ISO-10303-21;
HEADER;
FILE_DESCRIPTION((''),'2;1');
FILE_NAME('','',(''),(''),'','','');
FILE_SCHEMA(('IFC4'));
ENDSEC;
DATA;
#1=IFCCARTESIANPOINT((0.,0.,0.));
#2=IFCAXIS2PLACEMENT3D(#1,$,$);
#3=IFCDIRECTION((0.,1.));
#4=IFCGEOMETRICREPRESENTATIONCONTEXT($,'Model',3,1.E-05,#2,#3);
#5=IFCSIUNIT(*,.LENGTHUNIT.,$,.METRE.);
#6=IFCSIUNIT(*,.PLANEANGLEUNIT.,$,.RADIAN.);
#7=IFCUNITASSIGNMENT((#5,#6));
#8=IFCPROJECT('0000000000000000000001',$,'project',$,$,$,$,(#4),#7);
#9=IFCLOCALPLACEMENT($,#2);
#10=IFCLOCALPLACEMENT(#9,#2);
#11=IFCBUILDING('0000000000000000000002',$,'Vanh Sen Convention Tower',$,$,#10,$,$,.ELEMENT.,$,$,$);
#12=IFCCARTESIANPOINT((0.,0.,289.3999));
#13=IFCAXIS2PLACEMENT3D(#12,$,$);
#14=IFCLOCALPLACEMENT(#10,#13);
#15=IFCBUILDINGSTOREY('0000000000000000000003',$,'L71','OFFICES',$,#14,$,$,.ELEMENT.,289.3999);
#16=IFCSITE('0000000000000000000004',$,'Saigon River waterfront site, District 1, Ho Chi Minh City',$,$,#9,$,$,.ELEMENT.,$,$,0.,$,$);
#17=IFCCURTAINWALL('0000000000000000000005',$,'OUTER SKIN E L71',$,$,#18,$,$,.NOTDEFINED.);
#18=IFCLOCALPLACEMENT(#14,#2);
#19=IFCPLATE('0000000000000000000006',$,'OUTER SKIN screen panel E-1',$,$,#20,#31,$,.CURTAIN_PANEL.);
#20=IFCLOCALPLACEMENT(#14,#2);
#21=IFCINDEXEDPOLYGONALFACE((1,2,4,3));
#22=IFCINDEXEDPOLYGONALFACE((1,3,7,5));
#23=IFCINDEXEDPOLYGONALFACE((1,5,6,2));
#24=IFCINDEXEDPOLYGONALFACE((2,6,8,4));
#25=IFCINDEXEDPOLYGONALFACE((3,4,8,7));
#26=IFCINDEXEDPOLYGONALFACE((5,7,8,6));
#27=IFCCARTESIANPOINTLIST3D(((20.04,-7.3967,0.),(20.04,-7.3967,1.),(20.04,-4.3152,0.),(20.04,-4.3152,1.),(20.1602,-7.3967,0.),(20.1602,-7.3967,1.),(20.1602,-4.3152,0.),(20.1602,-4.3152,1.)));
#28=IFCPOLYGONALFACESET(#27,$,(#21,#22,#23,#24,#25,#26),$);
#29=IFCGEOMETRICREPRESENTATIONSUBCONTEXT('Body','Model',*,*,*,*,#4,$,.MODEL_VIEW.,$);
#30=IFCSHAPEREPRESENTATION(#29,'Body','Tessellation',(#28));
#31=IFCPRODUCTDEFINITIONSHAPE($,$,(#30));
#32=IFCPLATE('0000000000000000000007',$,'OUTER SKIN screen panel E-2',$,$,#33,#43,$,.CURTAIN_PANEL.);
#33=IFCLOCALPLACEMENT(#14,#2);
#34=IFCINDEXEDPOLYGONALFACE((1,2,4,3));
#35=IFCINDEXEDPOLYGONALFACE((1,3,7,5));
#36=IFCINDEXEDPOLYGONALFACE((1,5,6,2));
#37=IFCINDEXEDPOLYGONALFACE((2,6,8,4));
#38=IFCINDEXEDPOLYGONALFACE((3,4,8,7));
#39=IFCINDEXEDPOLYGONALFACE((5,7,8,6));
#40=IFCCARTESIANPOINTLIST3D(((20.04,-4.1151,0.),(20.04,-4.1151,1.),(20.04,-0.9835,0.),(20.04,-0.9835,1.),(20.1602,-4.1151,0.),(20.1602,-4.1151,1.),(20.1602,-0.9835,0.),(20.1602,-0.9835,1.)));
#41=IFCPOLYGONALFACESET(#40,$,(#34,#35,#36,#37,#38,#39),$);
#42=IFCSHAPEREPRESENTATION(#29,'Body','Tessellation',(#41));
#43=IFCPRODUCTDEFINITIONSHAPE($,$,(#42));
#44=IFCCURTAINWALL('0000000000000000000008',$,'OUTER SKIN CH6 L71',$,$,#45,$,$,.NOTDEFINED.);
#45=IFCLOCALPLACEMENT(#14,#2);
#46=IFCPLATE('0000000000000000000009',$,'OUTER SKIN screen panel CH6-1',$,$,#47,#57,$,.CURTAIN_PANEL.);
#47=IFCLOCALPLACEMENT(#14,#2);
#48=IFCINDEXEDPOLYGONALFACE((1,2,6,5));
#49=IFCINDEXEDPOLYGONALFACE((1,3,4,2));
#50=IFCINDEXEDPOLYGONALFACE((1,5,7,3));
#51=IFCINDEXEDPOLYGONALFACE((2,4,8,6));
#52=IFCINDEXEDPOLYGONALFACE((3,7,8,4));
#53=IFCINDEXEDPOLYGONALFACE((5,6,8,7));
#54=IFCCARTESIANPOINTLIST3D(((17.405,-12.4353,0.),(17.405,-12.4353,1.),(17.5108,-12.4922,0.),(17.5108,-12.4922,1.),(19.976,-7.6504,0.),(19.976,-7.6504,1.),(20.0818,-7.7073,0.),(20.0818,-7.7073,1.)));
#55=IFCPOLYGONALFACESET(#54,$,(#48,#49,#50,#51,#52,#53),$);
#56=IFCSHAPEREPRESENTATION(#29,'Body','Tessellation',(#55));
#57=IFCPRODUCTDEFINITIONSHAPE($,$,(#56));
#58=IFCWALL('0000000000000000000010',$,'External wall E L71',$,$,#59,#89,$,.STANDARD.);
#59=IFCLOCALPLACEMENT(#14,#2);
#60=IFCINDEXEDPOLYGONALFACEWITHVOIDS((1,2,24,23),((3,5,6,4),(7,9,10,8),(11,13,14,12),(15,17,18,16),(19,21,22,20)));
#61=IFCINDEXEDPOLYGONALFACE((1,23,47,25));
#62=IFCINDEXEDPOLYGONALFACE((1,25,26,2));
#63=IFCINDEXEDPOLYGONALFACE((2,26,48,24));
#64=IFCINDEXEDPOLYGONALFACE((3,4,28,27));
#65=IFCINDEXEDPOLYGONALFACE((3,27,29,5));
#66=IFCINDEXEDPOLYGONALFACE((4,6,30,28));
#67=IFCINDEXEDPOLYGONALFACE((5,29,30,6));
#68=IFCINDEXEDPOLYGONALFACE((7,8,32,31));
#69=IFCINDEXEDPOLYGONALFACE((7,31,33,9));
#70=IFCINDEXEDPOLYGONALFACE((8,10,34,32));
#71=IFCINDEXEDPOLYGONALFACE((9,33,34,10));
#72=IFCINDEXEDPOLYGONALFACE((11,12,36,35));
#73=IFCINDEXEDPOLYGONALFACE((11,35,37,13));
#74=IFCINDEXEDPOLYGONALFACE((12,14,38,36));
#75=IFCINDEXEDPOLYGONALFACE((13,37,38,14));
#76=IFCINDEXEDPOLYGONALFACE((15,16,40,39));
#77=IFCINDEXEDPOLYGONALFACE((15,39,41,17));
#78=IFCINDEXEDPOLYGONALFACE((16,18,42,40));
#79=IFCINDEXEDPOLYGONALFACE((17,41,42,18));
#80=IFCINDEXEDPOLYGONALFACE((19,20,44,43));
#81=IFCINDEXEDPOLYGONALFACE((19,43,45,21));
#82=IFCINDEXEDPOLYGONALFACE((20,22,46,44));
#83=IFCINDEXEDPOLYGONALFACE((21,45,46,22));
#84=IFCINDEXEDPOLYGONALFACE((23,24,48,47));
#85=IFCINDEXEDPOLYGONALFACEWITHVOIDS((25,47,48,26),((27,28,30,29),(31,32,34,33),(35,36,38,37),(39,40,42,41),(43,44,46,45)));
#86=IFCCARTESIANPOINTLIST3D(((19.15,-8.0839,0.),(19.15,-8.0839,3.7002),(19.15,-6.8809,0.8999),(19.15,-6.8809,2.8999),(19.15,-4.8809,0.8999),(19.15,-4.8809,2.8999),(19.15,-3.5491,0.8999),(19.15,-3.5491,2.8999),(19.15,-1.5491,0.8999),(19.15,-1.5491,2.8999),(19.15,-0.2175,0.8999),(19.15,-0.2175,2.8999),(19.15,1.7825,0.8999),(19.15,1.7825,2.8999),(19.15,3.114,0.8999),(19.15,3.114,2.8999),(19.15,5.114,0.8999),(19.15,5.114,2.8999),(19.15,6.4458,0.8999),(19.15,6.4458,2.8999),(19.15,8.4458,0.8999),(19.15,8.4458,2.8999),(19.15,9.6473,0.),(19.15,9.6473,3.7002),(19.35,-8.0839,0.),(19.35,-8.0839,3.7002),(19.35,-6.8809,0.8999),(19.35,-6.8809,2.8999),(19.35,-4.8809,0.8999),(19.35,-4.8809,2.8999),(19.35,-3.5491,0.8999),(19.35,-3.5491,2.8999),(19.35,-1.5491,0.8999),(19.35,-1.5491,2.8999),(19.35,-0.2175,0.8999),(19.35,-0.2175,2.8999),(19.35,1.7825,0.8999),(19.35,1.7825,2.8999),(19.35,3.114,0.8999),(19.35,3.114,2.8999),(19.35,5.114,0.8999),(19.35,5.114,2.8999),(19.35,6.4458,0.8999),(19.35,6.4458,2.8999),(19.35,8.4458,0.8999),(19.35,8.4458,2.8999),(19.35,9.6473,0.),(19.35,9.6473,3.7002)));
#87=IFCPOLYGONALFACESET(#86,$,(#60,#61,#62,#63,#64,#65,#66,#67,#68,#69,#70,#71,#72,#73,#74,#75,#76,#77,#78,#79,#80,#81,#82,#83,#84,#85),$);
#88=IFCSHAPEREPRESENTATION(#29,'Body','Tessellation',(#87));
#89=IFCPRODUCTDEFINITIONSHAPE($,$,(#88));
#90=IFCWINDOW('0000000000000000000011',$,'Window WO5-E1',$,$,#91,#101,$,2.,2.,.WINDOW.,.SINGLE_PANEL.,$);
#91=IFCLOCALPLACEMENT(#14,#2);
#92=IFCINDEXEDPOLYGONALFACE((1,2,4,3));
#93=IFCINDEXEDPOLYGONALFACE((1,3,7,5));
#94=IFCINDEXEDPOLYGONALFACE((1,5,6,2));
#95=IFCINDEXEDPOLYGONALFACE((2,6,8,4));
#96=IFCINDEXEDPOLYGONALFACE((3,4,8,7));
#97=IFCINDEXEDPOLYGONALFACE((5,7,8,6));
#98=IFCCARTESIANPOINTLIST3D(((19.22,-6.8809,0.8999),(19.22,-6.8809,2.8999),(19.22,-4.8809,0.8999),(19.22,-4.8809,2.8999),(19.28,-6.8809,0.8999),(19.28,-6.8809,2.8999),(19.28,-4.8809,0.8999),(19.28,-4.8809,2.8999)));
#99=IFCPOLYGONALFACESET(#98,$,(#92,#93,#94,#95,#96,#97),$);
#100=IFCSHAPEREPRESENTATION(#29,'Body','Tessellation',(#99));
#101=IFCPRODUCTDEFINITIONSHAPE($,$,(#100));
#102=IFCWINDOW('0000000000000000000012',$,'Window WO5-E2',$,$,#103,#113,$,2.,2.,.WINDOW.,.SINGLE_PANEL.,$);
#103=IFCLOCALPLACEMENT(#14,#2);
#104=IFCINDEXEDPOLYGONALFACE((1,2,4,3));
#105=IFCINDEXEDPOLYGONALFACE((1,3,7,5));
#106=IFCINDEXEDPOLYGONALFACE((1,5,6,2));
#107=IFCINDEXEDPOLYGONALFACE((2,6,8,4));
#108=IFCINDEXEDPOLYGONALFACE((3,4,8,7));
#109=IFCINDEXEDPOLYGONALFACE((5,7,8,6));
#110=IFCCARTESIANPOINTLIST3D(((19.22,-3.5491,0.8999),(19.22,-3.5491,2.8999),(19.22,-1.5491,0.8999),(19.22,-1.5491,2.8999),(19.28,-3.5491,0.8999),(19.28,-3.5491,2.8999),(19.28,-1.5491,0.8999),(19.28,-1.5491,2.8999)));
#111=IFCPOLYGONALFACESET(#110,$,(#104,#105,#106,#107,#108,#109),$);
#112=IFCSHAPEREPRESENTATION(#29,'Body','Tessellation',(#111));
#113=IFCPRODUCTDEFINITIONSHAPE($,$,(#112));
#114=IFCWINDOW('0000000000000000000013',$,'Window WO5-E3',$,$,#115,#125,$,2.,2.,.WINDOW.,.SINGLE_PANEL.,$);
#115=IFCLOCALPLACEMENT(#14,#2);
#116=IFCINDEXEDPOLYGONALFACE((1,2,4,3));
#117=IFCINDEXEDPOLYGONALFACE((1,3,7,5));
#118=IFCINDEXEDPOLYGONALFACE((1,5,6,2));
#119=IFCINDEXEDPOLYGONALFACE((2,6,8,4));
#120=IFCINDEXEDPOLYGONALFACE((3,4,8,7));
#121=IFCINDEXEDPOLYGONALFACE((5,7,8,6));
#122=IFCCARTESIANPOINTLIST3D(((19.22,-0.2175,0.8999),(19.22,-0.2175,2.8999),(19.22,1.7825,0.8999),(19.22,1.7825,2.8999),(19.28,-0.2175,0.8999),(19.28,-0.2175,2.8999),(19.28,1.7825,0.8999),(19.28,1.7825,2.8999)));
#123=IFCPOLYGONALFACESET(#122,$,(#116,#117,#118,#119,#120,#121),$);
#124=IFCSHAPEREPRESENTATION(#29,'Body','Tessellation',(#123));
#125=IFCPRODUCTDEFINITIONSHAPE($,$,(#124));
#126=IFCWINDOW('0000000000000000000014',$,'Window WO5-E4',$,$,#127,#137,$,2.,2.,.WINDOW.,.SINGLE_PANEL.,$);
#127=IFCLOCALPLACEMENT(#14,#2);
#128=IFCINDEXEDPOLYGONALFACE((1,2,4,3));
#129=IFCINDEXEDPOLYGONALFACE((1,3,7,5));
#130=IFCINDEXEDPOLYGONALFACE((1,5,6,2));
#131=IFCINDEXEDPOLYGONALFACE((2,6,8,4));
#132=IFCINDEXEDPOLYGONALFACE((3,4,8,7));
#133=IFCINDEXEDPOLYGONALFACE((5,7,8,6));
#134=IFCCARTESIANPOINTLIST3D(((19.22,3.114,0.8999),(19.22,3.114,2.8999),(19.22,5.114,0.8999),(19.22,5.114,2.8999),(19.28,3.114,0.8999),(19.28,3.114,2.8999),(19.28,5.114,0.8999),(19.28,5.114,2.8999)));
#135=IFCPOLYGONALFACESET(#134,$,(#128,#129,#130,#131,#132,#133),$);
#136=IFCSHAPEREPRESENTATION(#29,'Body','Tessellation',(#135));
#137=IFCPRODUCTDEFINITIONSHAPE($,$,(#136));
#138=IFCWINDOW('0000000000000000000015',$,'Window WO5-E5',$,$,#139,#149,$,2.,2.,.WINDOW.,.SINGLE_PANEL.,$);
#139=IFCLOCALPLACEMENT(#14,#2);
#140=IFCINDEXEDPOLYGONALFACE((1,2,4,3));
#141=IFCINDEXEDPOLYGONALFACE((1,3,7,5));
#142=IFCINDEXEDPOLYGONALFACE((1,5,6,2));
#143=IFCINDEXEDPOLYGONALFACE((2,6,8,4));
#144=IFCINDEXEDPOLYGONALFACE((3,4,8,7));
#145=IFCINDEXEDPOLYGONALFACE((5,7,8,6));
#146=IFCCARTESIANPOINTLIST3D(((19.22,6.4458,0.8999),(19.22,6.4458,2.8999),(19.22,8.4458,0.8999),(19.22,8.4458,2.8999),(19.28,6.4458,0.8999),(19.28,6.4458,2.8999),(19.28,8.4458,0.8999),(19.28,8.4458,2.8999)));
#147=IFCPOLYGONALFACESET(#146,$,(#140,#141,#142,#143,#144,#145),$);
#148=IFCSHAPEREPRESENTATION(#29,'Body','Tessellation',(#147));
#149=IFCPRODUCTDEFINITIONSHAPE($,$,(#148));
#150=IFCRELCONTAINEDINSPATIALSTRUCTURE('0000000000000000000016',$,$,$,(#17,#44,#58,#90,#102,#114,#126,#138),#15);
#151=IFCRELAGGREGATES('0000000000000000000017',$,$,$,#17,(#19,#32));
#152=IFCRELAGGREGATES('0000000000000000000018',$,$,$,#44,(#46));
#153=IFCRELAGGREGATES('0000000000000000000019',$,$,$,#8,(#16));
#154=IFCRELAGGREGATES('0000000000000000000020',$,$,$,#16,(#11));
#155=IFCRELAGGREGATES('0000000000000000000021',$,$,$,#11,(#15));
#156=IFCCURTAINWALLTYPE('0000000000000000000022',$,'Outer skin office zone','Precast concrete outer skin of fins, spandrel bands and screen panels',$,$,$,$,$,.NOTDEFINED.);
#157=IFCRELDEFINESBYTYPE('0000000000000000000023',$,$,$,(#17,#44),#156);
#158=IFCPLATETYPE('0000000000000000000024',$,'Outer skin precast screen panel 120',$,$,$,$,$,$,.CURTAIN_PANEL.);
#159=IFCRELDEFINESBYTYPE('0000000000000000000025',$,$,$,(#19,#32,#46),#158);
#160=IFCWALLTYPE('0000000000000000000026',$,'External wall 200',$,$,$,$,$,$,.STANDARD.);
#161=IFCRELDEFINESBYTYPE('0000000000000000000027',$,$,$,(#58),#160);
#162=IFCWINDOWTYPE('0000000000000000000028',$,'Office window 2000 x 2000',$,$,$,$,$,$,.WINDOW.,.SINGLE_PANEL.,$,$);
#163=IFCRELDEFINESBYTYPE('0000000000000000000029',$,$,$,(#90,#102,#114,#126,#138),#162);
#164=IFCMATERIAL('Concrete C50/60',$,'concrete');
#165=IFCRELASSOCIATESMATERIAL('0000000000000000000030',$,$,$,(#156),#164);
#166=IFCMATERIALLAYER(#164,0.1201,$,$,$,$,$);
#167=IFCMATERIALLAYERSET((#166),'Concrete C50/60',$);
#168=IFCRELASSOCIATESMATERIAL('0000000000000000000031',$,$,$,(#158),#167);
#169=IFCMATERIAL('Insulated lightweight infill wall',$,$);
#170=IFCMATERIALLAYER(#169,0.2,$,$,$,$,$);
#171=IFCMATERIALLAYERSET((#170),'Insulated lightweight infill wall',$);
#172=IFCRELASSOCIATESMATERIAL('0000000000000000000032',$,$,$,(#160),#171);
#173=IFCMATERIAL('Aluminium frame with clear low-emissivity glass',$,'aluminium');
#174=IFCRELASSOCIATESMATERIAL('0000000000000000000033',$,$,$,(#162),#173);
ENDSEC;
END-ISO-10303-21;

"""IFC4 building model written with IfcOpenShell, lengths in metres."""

from ifc_helpers import new_model, si_unit, direction, frame, frame_2d, origin, origin_2d, place, context, subcontext, project, spatial, rectangle, extrude, material, layer, layer_set, type_object, element, fill, aggregate, save


model = new_model("IFC4")

# Units and contexts
model_context = context("Model", 3, precision=1e-05, world=origin(), true_north=direction((0.0, 1.0)))
body_context = subcontext(model_context, "Body", "Model", "MODEL_VIEW")
ifc_project = project(units=[si_unit("LENGTHUNIT", "METRE"), si_unit("PLANEANGLEUNIT", "RADIAN")], contexts=[model_context])

# Site, building, storey
site_placement = place(None, origin())
site = spatial("IfcSite", under=ifc_project, at=site_placement, Name="Saigon River waterfront site, District 1, Ho Chi Minh City", CompositionType="ELEMENT", RefElevation=0.0)
building_placement = place(site_placement, origin())
building = spatial("IfcBuilding", under=site, at=building_placement, Name="Vanh Sen Convention Tower", CompositionType="ELEMENT")
storey_placement = place(building_placement, frame((0.0, 0.0, 289.3999)))
storey = spatial("IfcBuildingStorey", under=building, at=storey_placement, Name="L71", Description="OFFICES", CompositionType="ELEMENT", Elevation=289.3999)

# Curtain wall
ifc_material_1 = material(Name="Concrete C50/60", Category="concrete")
curtain_wall_type = type_object("IfcCurtainWallType", Name="Outer skin office zone", Description="Precast concrete outer skin of fins, spandrel bands and screen panels", PredefinedType="NOTDEFINED", material=ifc_material_1)
curtain_wall_1_placement = place(storey_placement, origin())
curtain_wall_1 = element("IfcCurtainWall", 1, at=curtain_wall_1_placement, inside=storey, type_object=curtain_wall_type, Name="OUTER SKIN E L71", PredefinedType="NOTDEFINED")

# Plates
ifc_layer_1 = layer(ifc_material_1, 0.1201)
ifc_layer_set_1 = layer_set([ifc_layer_1], Name="Concrete C50/60")
plate_type = type_object("IfcPlateType", Name="Outer skin precast screen panel 120", PredefinedType="CURTAIN_PANEL", material=ifc_layer_set_1)
plate_1_placement = place(storey_placement, frame((20.1001, -5.856, 0.0), z_axis=(0.0, 0.0, 1.0), x_axis=(0.0, 1.0, 0.0)))
plate_1 = element("IfcPlate", 2, at=plate_1_placement, type_object=plate_type, Name="OUTER SKIN screen panel E-1", PredefinedType="CURTAIN_PANEL", context=body_context, shape_type="SweptSolid", body=[
    extrude(rectangle(XDim=3.0815, YDim=0.1201, at=origin_2d()), origin(), (0.0, 0.0, 1.0), 1.0),
])
plate_2_placement = place(storey_placement, frame((20.1001, -2.5493, 0.0), z_axis=(0.0, 0.0, 1.0), x_axis=(0.0, 1.0, 0.0)))
plate_2 = element("IfcPlate", 3, at=plate_2_placement, type_object=plate_type, Name="OUTER SKIN screen panel E-2", PredefinedType="CURTAIN_PANEL", context=body_context, shape_type="SweptSolid", body=[
    extrude(rectangle(XDim=3.1316, YDim=0.1201, at=origin_2d()), origin(), (0.0, 0.0, 1.0), 1.0),
])
aggregate(curtain_wall_1, [plate_1, plate_2])

# Curtain wall, plate
curtain_wall_2_placement = place(storey_placement, origin())
curtain_wall_2 = element("IfcCurtainWall", 4, at=curtain_wall_2_placement, inside=storey, type_object=curtain_wall_type, Name="OUTER SKIN CH6 L71", PredefinedType="NOTDEFINED")
plate_3_placement = place(storey_placement, frame((18.7434, -10.0713, 0.0), z_axis=(0.0, 0.0, 1.0), x_axis=(0.473324, 0.880888, 0.0)))
plate_3 = element("IfcPlate", 5, at=plate_3_placement, type_object=plate_type, Name="OUTER SKIN screen panel CH6-1", PredefinedType="CURTAIN_PANEL", context=body_context, shape_type="SweptSolid", body=[
    extrude(rectangle(XDim=5.4319, YDim=0.1201, at=origin_2d()), origin(), (0.0, 0.0, 1.0), 1.0),
])
aggregate(curtain_wall_2, [plate_3])

# Wall, openings, windows
ifc_material_2 = material(Name="Insulated lightweight infill wall")
ifc_layer_2 = layer(ifc_material_2, 0.2)
ifc_layer_set_2 = layer_set([ifc_layer_2], Name="Insulated lightweight infill wall")
wall_type_1 = type_object("IfcWallType", Name="External wall 200", PredefinedType="STANDARD", material=ifc_layer_set_2)
wall_1_placement = place(storey_placement, frame((19.25, -8.084, 0.0), z_axis=(0.0, 0.0, 1.0), x_axis=(0.0, 1.0, 0.0)))
wall_1 = element("IfcWall", 6, at=wall_1_placement, inside=storey, type_object=wall_type_1, Name="External wall E L71", PredefinedType="STANDARD", context=body_context, shape_type="SweptSolid", body=[
    extrude(rectangle(XDim=17.7312, YDim=0.2, at=frame_2d((8.8657, 0.0))), origin(), (0.0, 0.0, 1.0), 3.7002),
])
opening_1_placement = place(wall_1_placement, frame((1.2031, 0.0, 0.8999)))
opening_1 = element("IfcOpeningElement", 7, at=opening_1_placement, cuts=wall_1, PredefinedType="OPENING", context=body_context, shape_type="SweptSolid", body=[
    extrude(rectangle(XDim=2.0, YDim=2.0, at=frame_2d((1.0, 1.0))), frame((0.0, 0.1099, 0.0), z_axis=(0.0, -1.0, 0.0), x_axis=(1.0, 0.0, 0.0)), (0.0, 0.0, 1.0), 0.22),
])
opening_2_placement = place(wall_1_placement, frame((4.5349, 0.0, 0.8999)))
opening_2 = element("IfcOpeningElement", 8, at=opening_2_placement, cuts=wall_1, PredefinedType="OPENING", context=body_context, shape_type="SweptSolid", body=[
    extrude(rectangle(XDim=2.0, YDim=2.0, at=frame_2d((1.0, 1.0))), frame((0.0, 0.1099, 0.0), z_axis=(0.0, -1.0, 0.0), x_axis=(1.0, 0.0, 0.0)), (0.0, 0.0, 1.0), 0.22),
])
opening_3_placement = place(wall_1_placement, frame((7.8665, 0.0, 0.8999)))
opening_3 = element("IfcOpeningElement", 9, at=opening_3_placement, cuts=wall_1, PredefinedType="OPENING", context=body_context, shape_type="SweptSolid", body=[
    extrude(rectangle(XDim=2.0, YDim=2.0, at=frame_2d((1.0, 1.0))), frame((0.0, 0.1099, 0.0), z_axis=(0.0, -1.0, 0.0), x_axis=(1.0, 0.0, 0.0)), (0.0, 0.0, 1.0), 0.22),
])
opening_4_placement = place(wall_1_placement, frame((11.198, 0.0, 0.8999)))
opening_4 = element("IfcOpeningElement", 10, at=opening_4_placement, cuts=wall_1, PredefinedType="OPENING", context=body_context, shape_type="SweptSolid", body=[
    extrude(rectangle(XDim=2.0, YDim=2.0, at=frame_2d((1.0, 1.0))), frame((0.0, 0.1099, 0.0), z_axis=(0.0, -1.0, 0.0), x_axis=(1.0, 0.0, 0.0)), (0.0, 0.0, 1.0), 0.22),
])
opening_5_placement = place(wall_1_placement, frame((14.5298, 0.0, 0.8999)))
opening_5 = element("IfcOpeningElement", 11, at=opening_5_placement, cuts=wall_1, PredefinedType="OPENING", context=body_context, shape_type="SweptSolid", body=[
    extrude(rectangle(XDim=2.0, YDim=2.0, at=frame_2d((1.0, 1.0))), frame((0.0, 0.1099, 0.0), z_axis=(0.0, -1.0, 0.0), x_axis=(1.0, 0.0, 0.0)), (0.0, 0.0, 1.0), 0.22),
])
ifc_material_3 = material(Name="Aluminium frame with clear low-emissivity glass", Category="aluminium")
window_type_1 = type_object("IfcWindowType", Name="Office window 2000 x 2000", PartitioningType="SINGLE_PANEL", PredefinedType="WINDOW", material=ifc_material_3)
window_1_placement = place(opening_1_placement, origin())
window_1 = element("IfcWindow", 12, at=window_1_placement, inside=storey, type_object=window_type_1, Name="Window WO5-E1", OverallHeight=2.0, OverallWidth=2.0, PartitioningType="SINGLE_PANEL", PredefinedType="WINDOW", context=body_context, shape_type="SweptSolid", body=[
    extrude(rectangle(XDim=2.0, YDim=2.0, at=frame_2d((1.0, 1.0))), frame((0.0, 0.03, 0.0), z_axis=(0.0, -1.0, 0.0), x_axis=(1.0, 0.0, 0.0)), (0.0, 0.0, 1.0), 0.0601),
])
fill(opening_1, window_1)
window_2_placement = place(opening_2_placement, origin())
window_2 = element("IfcWindow", 13, at=window_2_placement, inside=storey, type_object=window_type_1, Name="Window WO5-E2", OverallHeight=2.0, OverallWidth=2.0, PartitioningType="SINGLE_PANEL", PredefinedType="WINDOW", context=body_context, shape_type="SweptSolid", body=[
    extrude(rectangle(XDim=2.0, YDim=2.0, at=frame_2d((1.0, 1.0))), frame((0.0, 0.03, 0.0), z_axis=(0.0, -1.0, 0.0), x_axis=(1.0, 0.0, 0.0)), (0.0, 0.0, 1.0), 0.0601),
])
fill(opening_2, window_2)
window_3_placement = place(opening_3_placement, origin())
window_3 = element("IfcWindow", 14, at=window_3_placement, inside=storey, type_object=window_type_1, Name="Window WO5-E3", OverallHeight=2.0, OverallWidth=2.0, PartitioningType="SINGLE_PANEL", PredefinedType="WINDOW", context=body_context, shape_type="SweptSolid", body=[
    extrude(rectangle(XDim=2.0, YDim=2.0, at=frame_2d((1.0, 1.0))), frame((0.0, 0.03, 0.0), z_axis=(0.0, -1.0, 0.0), x_axis=(1.0, 0.0, 0.0)), (0.0, 0.0, 1.0), 0.0601),
])
fill(opening_3, window_3)
window_4_placement = place(opening_4_placement, origin())
window_4 = element("IfcWindow", 15, at=window_4_placement, inside=storey, type_object=window_type_1, Name="Window WO5-E4", OverallHeight=2.0, OverallWidth=2.0, PartitioningType="SINGLE_PANEL", PredefinedType="WINDOW", context=body_context, shape_type="SweptSolid", body=[
    extrude(rectangle(XDim=2.0, YDim=2.0, at=frame_2d((1.0, 1.0))), frame((0.0, 0.03, 0.0), z_axis=(0.0, -1.0, 0.0), x_axis=(1.0, 0.0, 0.0)), (0.0, 0.0, 1.0), 0.0601),
])
fill(opening_4, window_4)
window_5_placement = place(opening_5_placement, origin())
window_5 = element("IfcWindow", 16, at=window_5_placement, inside=storey, type_object=window_type_1, Name="Window WO5-E5", OverallHeight=2.0, OverallWidth=2.0, PartitioningType="SINGLE_PANEL", PredefinedType="WINDOW", context=body_context, shape_type="SweptSolid", body=[
    extrude(rectangle(XDim=2.0, YDim=2.0, at=frame_2d((1.0, 1.0))), frame((0.0, 0.03, 0.0), z_axis=(0.0, -1.0, 0.0), x_axis=(1.0, 0.0, 0.0)), (0.0, 0.0, 1.0), 0.0601),
])
fill(opening_5, window_5)

save(model, "model.ifc")
